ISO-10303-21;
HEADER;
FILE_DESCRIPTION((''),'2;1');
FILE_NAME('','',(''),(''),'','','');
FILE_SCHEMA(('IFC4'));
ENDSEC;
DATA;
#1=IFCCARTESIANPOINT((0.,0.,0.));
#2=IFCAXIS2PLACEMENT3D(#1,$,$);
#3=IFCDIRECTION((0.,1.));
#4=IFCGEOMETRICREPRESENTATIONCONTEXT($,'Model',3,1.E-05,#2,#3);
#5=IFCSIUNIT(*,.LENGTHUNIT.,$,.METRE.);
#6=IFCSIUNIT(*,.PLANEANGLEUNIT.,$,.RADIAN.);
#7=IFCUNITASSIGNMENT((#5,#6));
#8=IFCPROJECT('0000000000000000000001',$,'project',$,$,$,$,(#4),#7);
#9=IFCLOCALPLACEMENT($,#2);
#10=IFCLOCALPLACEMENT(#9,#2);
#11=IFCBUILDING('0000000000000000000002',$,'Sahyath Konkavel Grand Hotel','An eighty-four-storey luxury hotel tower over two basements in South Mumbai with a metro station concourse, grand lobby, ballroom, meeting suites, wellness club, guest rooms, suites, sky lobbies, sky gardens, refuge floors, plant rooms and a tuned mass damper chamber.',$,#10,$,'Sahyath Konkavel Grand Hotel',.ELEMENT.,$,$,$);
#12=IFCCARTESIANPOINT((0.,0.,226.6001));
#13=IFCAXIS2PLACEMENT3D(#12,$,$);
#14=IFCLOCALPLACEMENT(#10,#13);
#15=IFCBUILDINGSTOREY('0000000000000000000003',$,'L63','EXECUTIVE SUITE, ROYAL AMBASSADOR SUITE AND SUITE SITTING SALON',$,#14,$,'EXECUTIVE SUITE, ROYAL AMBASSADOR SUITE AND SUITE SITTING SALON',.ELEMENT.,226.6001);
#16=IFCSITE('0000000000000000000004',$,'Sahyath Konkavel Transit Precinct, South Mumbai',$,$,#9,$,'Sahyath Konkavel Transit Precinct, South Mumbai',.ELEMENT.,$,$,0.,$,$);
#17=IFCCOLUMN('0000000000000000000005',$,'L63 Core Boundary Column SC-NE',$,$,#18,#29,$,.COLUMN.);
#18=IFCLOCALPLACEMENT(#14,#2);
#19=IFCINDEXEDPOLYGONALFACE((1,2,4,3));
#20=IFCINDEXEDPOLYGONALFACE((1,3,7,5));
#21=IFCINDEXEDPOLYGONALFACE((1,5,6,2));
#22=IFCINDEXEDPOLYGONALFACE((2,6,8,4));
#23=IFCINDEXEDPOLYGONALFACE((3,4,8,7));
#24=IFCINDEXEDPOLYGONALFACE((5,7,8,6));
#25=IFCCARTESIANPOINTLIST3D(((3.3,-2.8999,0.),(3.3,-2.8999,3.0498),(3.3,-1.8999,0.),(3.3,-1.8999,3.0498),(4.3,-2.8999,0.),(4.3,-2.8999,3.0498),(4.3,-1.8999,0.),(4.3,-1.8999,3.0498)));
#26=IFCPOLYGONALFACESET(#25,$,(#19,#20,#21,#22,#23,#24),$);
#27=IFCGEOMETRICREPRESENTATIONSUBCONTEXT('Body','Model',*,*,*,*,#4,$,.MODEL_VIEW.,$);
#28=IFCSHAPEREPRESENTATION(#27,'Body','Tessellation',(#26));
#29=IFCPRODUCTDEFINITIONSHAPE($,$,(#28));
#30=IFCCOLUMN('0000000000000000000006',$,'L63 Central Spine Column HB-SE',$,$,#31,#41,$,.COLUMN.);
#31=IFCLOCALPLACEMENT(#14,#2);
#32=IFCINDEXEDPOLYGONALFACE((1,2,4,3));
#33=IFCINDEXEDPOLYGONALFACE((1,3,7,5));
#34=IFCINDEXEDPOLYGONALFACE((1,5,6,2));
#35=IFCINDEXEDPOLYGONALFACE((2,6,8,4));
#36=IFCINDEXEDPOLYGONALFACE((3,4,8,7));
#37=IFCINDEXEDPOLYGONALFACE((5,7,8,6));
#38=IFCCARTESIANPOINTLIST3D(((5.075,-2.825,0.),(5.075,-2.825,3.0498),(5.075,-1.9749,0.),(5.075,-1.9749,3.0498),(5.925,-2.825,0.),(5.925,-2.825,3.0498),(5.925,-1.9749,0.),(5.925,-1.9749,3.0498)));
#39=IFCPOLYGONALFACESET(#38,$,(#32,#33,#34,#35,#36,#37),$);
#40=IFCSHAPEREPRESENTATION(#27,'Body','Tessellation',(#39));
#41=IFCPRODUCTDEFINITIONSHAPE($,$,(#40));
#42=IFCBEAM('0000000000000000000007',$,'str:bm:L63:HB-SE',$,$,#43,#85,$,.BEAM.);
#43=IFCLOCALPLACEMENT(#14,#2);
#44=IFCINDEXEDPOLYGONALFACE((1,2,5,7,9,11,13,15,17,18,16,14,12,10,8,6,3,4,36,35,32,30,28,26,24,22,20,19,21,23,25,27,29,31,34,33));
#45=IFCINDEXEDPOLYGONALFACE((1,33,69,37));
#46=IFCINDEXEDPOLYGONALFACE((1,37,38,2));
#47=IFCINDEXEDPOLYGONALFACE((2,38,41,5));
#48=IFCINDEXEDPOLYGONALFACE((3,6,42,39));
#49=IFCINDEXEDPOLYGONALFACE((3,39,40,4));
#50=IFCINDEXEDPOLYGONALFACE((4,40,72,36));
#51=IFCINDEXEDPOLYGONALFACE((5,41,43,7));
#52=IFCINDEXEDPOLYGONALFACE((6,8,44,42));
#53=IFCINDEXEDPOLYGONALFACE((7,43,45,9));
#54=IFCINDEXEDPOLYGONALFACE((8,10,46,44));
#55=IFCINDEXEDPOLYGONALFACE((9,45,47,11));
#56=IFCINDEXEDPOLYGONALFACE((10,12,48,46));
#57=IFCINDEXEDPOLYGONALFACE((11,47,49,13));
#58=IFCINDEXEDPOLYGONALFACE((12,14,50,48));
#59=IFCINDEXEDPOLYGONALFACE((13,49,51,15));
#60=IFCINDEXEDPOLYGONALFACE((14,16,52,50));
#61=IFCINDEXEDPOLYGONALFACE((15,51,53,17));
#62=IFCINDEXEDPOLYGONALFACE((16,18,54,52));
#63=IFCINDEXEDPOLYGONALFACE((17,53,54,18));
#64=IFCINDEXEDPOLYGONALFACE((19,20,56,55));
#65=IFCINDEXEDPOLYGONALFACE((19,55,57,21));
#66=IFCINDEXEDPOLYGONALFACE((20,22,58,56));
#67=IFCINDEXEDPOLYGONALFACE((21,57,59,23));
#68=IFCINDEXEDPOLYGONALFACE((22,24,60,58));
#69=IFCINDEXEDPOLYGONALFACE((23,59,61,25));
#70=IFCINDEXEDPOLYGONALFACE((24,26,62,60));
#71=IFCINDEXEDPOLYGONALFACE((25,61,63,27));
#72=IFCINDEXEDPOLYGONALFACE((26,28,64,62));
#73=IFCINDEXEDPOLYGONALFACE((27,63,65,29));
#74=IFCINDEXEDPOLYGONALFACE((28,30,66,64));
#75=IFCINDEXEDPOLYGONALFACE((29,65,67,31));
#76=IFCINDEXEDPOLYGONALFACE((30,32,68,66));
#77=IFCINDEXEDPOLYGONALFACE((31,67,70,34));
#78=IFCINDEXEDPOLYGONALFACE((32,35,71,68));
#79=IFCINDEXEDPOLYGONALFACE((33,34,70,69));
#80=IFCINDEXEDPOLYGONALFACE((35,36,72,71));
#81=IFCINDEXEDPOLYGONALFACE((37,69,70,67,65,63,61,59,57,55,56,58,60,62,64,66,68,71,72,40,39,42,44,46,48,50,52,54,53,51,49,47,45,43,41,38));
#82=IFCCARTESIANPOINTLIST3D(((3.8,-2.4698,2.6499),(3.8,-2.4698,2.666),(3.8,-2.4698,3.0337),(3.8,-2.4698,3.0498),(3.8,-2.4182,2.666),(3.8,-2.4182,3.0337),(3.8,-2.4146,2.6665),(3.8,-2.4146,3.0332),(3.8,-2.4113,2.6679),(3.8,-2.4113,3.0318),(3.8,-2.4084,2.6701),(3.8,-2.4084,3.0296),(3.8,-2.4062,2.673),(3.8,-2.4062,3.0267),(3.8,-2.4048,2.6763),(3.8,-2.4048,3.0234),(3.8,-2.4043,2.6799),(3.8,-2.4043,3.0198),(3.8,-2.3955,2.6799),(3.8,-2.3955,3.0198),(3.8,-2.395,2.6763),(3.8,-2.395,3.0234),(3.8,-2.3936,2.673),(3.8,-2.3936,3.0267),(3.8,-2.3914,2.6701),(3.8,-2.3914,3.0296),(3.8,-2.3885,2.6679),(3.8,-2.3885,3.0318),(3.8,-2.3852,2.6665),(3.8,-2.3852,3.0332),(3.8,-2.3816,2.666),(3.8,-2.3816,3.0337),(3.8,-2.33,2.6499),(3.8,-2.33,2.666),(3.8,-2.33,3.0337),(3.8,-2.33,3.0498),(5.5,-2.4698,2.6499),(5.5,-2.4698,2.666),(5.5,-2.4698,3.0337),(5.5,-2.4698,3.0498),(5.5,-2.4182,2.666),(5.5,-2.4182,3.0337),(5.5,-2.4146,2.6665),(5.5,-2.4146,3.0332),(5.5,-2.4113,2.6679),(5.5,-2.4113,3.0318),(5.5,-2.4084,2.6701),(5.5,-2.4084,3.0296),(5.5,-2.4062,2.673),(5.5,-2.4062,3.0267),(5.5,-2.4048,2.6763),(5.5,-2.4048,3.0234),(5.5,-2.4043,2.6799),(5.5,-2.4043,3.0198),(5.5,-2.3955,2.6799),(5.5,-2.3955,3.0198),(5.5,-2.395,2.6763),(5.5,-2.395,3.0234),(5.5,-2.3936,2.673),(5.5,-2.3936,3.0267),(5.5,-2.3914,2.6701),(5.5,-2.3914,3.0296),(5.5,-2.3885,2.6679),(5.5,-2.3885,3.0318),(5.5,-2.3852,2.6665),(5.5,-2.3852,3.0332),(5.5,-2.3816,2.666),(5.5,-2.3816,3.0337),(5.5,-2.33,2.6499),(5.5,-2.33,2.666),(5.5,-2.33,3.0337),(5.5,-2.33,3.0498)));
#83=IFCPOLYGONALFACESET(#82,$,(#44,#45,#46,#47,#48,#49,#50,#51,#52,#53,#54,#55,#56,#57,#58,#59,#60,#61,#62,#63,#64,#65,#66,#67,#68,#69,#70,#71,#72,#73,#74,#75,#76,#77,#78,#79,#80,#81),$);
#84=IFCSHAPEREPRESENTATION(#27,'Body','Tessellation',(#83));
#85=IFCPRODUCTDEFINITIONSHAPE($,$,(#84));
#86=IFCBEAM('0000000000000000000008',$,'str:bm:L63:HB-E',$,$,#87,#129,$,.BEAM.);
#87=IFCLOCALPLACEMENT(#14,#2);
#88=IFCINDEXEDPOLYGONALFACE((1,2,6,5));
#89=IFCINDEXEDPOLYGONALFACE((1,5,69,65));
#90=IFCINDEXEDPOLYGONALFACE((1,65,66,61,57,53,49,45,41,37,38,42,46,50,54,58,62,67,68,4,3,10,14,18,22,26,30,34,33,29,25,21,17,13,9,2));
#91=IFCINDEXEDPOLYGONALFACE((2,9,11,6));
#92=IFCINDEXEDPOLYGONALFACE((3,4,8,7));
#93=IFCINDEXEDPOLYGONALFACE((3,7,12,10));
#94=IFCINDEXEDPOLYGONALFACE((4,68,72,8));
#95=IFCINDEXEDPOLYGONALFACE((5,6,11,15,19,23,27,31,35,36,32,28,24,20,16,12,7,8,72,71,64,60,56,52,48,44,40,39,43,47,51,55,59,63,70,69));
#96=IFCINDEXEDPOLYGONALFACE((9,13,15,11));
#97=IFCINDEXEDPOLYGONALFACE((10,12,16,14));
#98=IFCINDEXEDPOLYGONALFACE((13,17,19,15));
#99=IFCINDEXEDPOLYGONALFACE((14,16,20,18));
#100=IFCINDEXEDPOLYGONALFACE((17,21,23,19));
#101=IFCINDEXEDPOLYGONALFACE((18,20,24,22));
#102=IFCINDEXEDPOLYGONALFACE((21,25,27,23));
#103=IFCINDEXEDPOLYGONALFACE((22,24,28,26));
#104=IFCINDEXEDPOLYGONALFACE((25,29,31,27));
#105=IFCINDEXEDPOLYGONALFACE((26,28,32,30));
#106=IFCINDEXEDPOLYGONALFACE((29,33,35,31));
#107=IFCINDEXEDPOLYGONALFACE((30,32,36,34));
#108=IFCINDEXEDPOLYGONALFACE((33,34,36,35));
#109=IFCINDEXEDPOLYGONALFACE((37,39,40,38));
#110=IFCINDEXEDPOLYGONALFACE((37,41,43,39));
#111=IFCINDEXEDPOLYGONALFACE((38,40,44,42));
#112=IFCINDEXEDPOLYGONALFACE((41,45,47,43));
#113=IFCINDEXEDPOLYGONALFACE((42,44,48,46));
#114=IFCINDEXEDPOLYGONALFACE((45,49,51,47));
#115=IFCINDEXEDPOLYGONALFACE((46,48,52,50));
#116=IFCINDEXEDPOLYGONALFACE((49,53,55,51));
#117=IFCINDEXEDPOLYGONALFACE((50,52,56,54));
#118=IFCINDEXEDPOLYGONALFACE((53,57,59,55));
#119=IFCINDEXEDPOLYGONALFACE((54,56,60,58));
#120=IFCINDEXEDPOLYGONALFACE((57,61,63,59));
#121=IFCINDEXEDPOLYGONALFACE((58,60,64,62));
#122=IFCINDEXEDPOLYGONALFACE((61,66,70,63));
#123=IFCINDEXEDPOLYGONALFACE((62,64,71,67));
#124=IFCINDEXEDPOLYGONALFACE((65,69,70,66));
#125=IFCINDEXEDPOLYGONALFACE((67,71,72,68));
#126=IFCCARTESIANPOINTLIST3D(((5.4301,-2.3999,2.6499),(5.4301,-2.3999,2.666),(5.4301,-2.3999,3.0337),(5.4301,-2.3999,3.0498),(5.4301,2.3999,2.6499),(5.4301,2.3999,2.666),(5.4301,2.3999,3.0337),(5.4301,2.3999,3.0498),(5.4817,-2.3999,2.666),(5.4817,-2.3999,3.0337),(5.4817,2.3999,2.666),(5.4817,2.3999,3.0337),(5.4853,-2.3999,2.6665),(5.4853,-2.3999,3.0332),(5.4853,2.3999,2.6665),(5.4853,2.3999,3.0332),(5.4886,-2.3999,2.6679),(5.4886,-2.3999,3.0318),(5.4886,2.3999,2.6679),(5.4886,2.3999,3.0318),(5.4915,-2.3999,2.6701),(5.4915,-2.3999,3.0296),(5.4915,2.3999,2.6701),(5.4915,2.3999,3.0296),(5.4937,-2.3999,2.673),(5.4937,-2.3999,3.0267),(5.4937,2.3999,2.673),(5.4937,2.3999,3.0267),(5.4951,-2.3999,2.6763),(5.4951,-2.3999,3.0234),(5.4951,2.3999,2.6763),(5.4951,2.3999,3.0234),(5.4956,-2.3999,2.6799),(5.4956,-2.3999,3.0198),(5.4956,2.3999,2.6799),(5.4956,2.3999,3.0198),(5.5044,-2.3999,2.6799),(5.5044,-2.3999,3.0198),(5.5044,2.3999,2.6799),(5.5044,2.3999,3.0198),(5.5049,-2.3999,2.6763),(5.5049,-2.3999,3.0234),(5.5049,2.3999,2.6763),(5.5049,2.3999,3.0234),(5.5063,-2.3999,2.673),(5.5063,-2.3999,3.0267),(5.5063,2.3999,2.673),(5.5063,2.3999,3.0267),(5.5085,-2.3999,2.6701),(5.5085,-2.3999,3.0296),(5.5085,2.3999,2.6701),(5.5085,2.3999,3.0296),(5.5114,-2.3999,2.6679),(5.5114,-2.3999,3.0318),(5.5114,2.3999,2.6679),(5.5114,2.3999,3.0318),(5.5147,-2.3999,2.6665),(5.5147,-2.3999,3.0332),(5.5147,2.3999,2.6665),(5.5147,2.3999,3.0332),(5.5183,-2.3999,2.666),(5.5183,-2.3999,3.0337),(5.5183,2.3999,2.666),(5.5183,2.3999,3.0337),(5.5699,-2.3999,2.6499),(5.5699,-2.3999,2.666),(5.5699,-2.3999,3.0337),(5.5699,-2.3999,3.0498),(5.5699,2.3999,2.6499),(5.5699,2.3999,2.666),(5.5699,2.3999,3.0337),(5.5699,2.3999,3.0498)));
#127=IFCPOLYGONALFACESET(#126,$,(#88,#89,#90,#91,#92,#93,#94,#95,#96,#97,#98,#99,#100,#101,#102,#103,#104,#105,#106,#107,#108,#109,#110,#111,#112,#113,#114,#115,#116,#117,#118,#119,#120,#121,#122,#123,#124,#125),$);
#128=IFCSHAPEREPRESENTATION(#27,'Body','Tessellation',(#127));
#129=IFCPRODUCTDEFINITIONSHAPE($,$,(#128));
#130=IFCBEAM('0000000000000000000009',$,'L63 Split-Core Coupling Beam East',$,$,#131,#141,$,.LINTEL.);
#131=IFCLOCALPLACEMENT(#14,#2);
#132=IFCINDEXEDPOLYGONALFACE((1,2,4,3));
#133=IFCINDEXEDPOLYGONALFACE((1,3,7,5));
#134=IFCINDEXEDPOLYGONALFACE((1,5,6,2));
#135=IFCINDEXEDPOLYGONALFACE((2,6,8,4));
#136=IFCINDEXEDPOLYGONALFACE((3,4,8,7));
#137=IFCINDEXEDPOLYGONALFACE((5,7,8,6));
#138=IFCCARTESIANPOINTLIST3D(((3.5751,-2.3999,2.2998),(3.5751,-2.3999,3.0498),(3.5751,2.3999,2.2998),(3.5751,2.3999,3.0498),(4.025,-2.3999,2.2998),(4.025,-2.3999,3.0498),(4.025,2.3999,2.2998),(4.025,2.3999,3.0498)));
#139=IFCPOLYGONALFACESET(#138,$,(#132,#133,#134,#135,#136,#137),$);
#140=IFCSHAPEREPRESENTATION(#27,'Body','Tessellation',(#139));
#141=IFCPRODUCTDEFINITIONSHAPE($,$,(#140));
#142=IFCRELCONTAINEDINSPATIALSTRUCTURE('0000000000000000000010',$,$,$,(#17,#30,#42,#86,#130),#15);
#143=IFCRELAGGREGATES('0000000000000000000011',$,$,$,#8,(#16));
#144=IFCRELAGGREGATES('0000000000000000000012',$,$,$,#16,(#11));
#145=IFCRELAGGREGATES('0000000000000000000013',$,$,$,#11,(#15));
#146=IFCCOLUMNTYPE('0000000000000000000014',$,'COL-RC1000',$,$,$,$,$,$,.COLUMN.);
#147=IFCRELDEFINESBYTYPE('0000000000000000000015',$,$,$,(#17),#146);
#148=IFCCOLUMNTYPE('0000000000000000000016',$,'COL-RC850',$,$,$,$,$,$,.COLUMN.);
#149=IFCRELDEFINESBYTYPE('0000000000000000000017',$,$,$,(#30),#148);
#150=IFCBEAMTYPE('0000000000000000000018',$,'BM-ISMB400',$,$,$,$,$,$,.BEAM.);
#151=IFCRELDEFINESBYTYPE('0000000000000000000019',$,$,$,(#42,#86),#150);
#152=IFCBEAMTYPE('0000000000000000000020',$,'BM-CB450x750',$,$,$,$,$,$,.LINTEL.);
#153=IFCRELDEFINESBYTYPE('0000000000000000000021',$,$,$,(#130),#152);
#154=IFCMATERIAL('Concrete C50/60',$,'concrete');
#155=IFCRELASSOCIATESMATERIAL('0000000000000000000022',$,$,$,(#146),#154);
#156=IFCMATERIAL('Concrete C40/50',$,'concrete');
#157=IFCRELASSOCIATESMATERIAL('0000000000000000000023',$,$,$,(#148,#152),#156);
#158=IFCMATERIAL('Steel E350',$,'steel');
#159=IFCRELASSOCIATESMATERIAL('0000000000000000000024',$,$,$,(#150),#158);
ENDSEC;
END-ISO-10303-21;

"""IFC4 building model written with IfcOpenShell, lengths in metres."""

from ifc_helpers import new_model, si_unit, direction, frame, origin, origin_2d, place, context, subcontext, project, spatial, rectangle, i_section, extrude, source, transform, mapped, material, material_profile, profile_set, type_object, element, save


model = new_model("IFC4")

# Units and contexts
model_context = context("Model", 3, precision=1e-05, world=origin(), true_north=direction((0.0, 1.0)))
body_context = subcontext(model_context, "Body", "Model", "MODEL_VIEW")
ifc_project = project(units=[si_unit("LENGTHUNIT", "METRE"), si_unit("PLANEANGLEUNIT", "RADIAN")], contexts=[model_context])

# Site, building, storey
site_placement = place(None, origin())
site = spatial("IfcSite", under=ifc_project, at=site_placement, Name="Sahyath Konkavel Transit Precinct, South Mumbai", LongName="Sahyath Konkavel Transit Precinct, South Mumbai", CompositionType="ELEMENT", RefElevation=0.0)
building_placement = place(site_placement, origin())
building = spatial("IfcBuilding", under=site, at=building_placement, Name="Sahyath Konkavel Grand Hotel", Description="An eighty-four-storey luxury hotel tower over two basements in South Mumbai with a metro station concourse, grand lobby, ballroom, meeting suites, wellness club, guest rooms, suites, sky lobbies, sky gardens, refuge floors, plant rooms and a tuned mass damper chamber.", LongName="Sahyath Konkavel Grand Hotel", CompositionType="ELEMENT")
storey_placement = place(building_placement, frame((0.0, 0.0, 226.6001)))
storey = spatial("IfcBuildingStorey", under=building, at=storey_placement, Name="L63", Description="EXECUTIVE SUITE, ROYAL AMBASSADOR SUITE AND SUITE SITTING SALON", LongName="EXECUTIVE SUITE, ROYAL AMBASSADOR SUITE AND SUITE SITTING SALON", CompositionType="ELEMENT", Elevation=226.6001)

# Columns
ifc_material_1 = material(Name="Concrete C50/60", Category="concrete")
ifc_material_profile_1 = material_profile(ifc_material_1, rectangle(XDim=1.0, YDim=1.0, at=origin_2d()), Name="RC 1000x1000")
ifc_profile_set_1 = profile_set([ifc_material_profile_1], Name="Concrete C50/60")
column_type_1 = type_object("IfcColumnType", Name="COL-RC1000", PredefinedType="COLUMN", material=ifc_profile_set_1)
shared_shape_1 = source(origin(), body_context, "Body", "SweptSolid", [
    extrude(rectangle(XDim=1.0, YDim=1.0, at=origin_2d()), origin(), (0.0, 0.0, 1.0), 3.0498),
])
column_1_placement = place(storey_placement, frame((3.8, -2.3999, 0.0), z_axis=(0.0, 0.0, 1.0), x_axis=(1.0, 0.0, 0.0)))
element("IfcColumn", 1, at=column_1_placement, inside=storey, type_object=column_type_1, Name="L63 Core Boundary Column SC-NE", PredefinedType="COLUMN", context=body_context, shape_type="MappedRepresentation", body=[
    mapped(shared_shape_1, transform((0.0, 0.0, 0.0), scale=1.0)),
])
ifc_material_2 = material(Name="Concrete C40/50", Category="concrete")
ifc_material_profile_2 = material_profile(ifc_material_2, rectangle(XDim=0.8501, YDim=0.8501, at=origin_2d()), Name="RC 850x850")
ifc_profile_set_2 = profile_set([ifc_material_profile_2], Name="Concrete C40/50")
column_type_2 = type_object("IfcColumnType", Name="COL-RC850", PredefinedType="COLUMN", material=ifc_profile_set_2)
shared_shape_2 = source(origin(), body_context, "Body", "SweptSolid", [
    extrude(rectangle(XDim=0.8501, YDim=0.8501, at=origin_2d()), origin(), (0.0, 0.0, 1.0), 3.0498),
])
column_2_placement = place(storey_placement, frame((5.5, -2.3999, 0.0), z_axis=(0.0, 0.0, 1.0), x_axis=(1.0, 0.0, 0.0)))
element("IfcColumn", 2, at=column_2_placement, inside=storey, type_object=column_type_2, Name="L63 Central Spine Column HB-SE", PredefinedType="COLUMN", context=body_context, shape_type="MappedRepresentation", body=[
    mapped(shared_shape_2, transform((0.0, 0.0, 0.0), scale=1.0)),
])

# Beams
ifc_material_3 = material(Name="Steel E350", Category="steel")
ifc_material_profile_3 = material_profile(ifc_material_3, i_section(OverallWidth=0.1399, OverallDepth=0.3999, WebThickness=0.0088, FlangeThickness=0.0161, FilletRadius=0.0139, at=origin_2d()), Name="ISMB 400")
ifc_profile_set_3 = profile_set([ifc_material_profile_3], Name="Steel E350")
beam_type_1 = type_object("IfcBeamType", Name="BM-ISMB400", PredefinedType="BEAM", material=ifc_profile_set_3)
shared_shape_3 = source(origin(), body_context, "Body", "SweptSolid", [
    extrude(i_section(OverallWidth=0.1399, OverallDepth=0.3999, WebThickness=0.0088, FlangeThickness=0.0161, FilletRadius=0.0139, at=origin_2d()), origin(), (0.0, 0.0, 1.0), 1.7),
])
beam_1_placement = place(storey_placement, frame((3.8, -2.3999, 2.8499), z_axis=(1.0, 0.0, 0.0), x_axis=(0.0, 1.0, 0.0)))
element("IfcBeam", 3, at=beam_1_placement, inside=storey, type_object=beam_type_1, Name="str:bm:L63:HB-SE", PredefinedType="BEAM", context=body_context, shape_type="MappedRepresentation", body=[
    mapped(shared_shape_3, transform((0.0, 0.0, 0.0), scale=1.0)),
])
shared_shape_4 = source(origin(), body_context, "Body", "SweptSolid", [
    extrude(i_section(OverallWidth=0.1399, OverallDepth=0.3999, WebThickness=0.0088, FlangeThickness=0.0161, FilletRadius=0.0139, at=origin_2d()), origin(), (0.0, 0.0, 1.0), 4.7998),
])
beam_2_placement = place(storey_placement, frame((5.5, -2.3999, 2.8499), z_axis=(0.0, 1.0, 0.0), x_axis=(-1.0, 0.0, 0.0)))
element("IfcBeam", 4, at=beam_2_placement, inside=storey, type_object=beam_type_1, Name="str:bm:L63:HB-E", PredefinedType="BEAM", context=body_context, shape_type="MappedRepresentation", body=[
    mapped(shared_shape_4, transform((0.0, 0.0, 0.0), scale=1.0)),
])
ifc_material_profile_4 = material_profile(ifc_material_2, rectangle(XDim=0.45, YDim=0.75, at=origin_2d()), Name="RC 450x750")
ifc_profile_set_4 = profile_set([ifc_material_profile_4], Name="Concrete C40/50")
beam_type_2 = type_object("IfcBeamType", Name="BM-CB450x750", PredefinedType="LINTEL", material=ifc_profile_set_4)
shared_shape_5 = source(origin(), body_context, "Body", "SweptSolid", [
    extrude(rectangle(XDim=0.45, YDim=0.75, at=origin_2d()), origin(), (0.0, 0.0, 1.0), 4.7998),
])
beam_3_placement = place(storey_placement, frame((3.8, -2.3999, 2.6748), z_axis=(0.0, 1.0, 0.0), x_axis=(-1.0, 0.0, 0.0)))
element("IfcBeam", 5, at=beam_3_placement, inside=storey, type_object=beam_type_2, Name="L63 Split-Core Coupling Beam East", PredefinedType="LINTEL", context=body_context, shape_type="MappedRepresentation", body=[
    mapped(shared_shape_5, transform((0.0, 0.0, 0.0), scale=1.0)),
])

save(model, "model.ifc")
